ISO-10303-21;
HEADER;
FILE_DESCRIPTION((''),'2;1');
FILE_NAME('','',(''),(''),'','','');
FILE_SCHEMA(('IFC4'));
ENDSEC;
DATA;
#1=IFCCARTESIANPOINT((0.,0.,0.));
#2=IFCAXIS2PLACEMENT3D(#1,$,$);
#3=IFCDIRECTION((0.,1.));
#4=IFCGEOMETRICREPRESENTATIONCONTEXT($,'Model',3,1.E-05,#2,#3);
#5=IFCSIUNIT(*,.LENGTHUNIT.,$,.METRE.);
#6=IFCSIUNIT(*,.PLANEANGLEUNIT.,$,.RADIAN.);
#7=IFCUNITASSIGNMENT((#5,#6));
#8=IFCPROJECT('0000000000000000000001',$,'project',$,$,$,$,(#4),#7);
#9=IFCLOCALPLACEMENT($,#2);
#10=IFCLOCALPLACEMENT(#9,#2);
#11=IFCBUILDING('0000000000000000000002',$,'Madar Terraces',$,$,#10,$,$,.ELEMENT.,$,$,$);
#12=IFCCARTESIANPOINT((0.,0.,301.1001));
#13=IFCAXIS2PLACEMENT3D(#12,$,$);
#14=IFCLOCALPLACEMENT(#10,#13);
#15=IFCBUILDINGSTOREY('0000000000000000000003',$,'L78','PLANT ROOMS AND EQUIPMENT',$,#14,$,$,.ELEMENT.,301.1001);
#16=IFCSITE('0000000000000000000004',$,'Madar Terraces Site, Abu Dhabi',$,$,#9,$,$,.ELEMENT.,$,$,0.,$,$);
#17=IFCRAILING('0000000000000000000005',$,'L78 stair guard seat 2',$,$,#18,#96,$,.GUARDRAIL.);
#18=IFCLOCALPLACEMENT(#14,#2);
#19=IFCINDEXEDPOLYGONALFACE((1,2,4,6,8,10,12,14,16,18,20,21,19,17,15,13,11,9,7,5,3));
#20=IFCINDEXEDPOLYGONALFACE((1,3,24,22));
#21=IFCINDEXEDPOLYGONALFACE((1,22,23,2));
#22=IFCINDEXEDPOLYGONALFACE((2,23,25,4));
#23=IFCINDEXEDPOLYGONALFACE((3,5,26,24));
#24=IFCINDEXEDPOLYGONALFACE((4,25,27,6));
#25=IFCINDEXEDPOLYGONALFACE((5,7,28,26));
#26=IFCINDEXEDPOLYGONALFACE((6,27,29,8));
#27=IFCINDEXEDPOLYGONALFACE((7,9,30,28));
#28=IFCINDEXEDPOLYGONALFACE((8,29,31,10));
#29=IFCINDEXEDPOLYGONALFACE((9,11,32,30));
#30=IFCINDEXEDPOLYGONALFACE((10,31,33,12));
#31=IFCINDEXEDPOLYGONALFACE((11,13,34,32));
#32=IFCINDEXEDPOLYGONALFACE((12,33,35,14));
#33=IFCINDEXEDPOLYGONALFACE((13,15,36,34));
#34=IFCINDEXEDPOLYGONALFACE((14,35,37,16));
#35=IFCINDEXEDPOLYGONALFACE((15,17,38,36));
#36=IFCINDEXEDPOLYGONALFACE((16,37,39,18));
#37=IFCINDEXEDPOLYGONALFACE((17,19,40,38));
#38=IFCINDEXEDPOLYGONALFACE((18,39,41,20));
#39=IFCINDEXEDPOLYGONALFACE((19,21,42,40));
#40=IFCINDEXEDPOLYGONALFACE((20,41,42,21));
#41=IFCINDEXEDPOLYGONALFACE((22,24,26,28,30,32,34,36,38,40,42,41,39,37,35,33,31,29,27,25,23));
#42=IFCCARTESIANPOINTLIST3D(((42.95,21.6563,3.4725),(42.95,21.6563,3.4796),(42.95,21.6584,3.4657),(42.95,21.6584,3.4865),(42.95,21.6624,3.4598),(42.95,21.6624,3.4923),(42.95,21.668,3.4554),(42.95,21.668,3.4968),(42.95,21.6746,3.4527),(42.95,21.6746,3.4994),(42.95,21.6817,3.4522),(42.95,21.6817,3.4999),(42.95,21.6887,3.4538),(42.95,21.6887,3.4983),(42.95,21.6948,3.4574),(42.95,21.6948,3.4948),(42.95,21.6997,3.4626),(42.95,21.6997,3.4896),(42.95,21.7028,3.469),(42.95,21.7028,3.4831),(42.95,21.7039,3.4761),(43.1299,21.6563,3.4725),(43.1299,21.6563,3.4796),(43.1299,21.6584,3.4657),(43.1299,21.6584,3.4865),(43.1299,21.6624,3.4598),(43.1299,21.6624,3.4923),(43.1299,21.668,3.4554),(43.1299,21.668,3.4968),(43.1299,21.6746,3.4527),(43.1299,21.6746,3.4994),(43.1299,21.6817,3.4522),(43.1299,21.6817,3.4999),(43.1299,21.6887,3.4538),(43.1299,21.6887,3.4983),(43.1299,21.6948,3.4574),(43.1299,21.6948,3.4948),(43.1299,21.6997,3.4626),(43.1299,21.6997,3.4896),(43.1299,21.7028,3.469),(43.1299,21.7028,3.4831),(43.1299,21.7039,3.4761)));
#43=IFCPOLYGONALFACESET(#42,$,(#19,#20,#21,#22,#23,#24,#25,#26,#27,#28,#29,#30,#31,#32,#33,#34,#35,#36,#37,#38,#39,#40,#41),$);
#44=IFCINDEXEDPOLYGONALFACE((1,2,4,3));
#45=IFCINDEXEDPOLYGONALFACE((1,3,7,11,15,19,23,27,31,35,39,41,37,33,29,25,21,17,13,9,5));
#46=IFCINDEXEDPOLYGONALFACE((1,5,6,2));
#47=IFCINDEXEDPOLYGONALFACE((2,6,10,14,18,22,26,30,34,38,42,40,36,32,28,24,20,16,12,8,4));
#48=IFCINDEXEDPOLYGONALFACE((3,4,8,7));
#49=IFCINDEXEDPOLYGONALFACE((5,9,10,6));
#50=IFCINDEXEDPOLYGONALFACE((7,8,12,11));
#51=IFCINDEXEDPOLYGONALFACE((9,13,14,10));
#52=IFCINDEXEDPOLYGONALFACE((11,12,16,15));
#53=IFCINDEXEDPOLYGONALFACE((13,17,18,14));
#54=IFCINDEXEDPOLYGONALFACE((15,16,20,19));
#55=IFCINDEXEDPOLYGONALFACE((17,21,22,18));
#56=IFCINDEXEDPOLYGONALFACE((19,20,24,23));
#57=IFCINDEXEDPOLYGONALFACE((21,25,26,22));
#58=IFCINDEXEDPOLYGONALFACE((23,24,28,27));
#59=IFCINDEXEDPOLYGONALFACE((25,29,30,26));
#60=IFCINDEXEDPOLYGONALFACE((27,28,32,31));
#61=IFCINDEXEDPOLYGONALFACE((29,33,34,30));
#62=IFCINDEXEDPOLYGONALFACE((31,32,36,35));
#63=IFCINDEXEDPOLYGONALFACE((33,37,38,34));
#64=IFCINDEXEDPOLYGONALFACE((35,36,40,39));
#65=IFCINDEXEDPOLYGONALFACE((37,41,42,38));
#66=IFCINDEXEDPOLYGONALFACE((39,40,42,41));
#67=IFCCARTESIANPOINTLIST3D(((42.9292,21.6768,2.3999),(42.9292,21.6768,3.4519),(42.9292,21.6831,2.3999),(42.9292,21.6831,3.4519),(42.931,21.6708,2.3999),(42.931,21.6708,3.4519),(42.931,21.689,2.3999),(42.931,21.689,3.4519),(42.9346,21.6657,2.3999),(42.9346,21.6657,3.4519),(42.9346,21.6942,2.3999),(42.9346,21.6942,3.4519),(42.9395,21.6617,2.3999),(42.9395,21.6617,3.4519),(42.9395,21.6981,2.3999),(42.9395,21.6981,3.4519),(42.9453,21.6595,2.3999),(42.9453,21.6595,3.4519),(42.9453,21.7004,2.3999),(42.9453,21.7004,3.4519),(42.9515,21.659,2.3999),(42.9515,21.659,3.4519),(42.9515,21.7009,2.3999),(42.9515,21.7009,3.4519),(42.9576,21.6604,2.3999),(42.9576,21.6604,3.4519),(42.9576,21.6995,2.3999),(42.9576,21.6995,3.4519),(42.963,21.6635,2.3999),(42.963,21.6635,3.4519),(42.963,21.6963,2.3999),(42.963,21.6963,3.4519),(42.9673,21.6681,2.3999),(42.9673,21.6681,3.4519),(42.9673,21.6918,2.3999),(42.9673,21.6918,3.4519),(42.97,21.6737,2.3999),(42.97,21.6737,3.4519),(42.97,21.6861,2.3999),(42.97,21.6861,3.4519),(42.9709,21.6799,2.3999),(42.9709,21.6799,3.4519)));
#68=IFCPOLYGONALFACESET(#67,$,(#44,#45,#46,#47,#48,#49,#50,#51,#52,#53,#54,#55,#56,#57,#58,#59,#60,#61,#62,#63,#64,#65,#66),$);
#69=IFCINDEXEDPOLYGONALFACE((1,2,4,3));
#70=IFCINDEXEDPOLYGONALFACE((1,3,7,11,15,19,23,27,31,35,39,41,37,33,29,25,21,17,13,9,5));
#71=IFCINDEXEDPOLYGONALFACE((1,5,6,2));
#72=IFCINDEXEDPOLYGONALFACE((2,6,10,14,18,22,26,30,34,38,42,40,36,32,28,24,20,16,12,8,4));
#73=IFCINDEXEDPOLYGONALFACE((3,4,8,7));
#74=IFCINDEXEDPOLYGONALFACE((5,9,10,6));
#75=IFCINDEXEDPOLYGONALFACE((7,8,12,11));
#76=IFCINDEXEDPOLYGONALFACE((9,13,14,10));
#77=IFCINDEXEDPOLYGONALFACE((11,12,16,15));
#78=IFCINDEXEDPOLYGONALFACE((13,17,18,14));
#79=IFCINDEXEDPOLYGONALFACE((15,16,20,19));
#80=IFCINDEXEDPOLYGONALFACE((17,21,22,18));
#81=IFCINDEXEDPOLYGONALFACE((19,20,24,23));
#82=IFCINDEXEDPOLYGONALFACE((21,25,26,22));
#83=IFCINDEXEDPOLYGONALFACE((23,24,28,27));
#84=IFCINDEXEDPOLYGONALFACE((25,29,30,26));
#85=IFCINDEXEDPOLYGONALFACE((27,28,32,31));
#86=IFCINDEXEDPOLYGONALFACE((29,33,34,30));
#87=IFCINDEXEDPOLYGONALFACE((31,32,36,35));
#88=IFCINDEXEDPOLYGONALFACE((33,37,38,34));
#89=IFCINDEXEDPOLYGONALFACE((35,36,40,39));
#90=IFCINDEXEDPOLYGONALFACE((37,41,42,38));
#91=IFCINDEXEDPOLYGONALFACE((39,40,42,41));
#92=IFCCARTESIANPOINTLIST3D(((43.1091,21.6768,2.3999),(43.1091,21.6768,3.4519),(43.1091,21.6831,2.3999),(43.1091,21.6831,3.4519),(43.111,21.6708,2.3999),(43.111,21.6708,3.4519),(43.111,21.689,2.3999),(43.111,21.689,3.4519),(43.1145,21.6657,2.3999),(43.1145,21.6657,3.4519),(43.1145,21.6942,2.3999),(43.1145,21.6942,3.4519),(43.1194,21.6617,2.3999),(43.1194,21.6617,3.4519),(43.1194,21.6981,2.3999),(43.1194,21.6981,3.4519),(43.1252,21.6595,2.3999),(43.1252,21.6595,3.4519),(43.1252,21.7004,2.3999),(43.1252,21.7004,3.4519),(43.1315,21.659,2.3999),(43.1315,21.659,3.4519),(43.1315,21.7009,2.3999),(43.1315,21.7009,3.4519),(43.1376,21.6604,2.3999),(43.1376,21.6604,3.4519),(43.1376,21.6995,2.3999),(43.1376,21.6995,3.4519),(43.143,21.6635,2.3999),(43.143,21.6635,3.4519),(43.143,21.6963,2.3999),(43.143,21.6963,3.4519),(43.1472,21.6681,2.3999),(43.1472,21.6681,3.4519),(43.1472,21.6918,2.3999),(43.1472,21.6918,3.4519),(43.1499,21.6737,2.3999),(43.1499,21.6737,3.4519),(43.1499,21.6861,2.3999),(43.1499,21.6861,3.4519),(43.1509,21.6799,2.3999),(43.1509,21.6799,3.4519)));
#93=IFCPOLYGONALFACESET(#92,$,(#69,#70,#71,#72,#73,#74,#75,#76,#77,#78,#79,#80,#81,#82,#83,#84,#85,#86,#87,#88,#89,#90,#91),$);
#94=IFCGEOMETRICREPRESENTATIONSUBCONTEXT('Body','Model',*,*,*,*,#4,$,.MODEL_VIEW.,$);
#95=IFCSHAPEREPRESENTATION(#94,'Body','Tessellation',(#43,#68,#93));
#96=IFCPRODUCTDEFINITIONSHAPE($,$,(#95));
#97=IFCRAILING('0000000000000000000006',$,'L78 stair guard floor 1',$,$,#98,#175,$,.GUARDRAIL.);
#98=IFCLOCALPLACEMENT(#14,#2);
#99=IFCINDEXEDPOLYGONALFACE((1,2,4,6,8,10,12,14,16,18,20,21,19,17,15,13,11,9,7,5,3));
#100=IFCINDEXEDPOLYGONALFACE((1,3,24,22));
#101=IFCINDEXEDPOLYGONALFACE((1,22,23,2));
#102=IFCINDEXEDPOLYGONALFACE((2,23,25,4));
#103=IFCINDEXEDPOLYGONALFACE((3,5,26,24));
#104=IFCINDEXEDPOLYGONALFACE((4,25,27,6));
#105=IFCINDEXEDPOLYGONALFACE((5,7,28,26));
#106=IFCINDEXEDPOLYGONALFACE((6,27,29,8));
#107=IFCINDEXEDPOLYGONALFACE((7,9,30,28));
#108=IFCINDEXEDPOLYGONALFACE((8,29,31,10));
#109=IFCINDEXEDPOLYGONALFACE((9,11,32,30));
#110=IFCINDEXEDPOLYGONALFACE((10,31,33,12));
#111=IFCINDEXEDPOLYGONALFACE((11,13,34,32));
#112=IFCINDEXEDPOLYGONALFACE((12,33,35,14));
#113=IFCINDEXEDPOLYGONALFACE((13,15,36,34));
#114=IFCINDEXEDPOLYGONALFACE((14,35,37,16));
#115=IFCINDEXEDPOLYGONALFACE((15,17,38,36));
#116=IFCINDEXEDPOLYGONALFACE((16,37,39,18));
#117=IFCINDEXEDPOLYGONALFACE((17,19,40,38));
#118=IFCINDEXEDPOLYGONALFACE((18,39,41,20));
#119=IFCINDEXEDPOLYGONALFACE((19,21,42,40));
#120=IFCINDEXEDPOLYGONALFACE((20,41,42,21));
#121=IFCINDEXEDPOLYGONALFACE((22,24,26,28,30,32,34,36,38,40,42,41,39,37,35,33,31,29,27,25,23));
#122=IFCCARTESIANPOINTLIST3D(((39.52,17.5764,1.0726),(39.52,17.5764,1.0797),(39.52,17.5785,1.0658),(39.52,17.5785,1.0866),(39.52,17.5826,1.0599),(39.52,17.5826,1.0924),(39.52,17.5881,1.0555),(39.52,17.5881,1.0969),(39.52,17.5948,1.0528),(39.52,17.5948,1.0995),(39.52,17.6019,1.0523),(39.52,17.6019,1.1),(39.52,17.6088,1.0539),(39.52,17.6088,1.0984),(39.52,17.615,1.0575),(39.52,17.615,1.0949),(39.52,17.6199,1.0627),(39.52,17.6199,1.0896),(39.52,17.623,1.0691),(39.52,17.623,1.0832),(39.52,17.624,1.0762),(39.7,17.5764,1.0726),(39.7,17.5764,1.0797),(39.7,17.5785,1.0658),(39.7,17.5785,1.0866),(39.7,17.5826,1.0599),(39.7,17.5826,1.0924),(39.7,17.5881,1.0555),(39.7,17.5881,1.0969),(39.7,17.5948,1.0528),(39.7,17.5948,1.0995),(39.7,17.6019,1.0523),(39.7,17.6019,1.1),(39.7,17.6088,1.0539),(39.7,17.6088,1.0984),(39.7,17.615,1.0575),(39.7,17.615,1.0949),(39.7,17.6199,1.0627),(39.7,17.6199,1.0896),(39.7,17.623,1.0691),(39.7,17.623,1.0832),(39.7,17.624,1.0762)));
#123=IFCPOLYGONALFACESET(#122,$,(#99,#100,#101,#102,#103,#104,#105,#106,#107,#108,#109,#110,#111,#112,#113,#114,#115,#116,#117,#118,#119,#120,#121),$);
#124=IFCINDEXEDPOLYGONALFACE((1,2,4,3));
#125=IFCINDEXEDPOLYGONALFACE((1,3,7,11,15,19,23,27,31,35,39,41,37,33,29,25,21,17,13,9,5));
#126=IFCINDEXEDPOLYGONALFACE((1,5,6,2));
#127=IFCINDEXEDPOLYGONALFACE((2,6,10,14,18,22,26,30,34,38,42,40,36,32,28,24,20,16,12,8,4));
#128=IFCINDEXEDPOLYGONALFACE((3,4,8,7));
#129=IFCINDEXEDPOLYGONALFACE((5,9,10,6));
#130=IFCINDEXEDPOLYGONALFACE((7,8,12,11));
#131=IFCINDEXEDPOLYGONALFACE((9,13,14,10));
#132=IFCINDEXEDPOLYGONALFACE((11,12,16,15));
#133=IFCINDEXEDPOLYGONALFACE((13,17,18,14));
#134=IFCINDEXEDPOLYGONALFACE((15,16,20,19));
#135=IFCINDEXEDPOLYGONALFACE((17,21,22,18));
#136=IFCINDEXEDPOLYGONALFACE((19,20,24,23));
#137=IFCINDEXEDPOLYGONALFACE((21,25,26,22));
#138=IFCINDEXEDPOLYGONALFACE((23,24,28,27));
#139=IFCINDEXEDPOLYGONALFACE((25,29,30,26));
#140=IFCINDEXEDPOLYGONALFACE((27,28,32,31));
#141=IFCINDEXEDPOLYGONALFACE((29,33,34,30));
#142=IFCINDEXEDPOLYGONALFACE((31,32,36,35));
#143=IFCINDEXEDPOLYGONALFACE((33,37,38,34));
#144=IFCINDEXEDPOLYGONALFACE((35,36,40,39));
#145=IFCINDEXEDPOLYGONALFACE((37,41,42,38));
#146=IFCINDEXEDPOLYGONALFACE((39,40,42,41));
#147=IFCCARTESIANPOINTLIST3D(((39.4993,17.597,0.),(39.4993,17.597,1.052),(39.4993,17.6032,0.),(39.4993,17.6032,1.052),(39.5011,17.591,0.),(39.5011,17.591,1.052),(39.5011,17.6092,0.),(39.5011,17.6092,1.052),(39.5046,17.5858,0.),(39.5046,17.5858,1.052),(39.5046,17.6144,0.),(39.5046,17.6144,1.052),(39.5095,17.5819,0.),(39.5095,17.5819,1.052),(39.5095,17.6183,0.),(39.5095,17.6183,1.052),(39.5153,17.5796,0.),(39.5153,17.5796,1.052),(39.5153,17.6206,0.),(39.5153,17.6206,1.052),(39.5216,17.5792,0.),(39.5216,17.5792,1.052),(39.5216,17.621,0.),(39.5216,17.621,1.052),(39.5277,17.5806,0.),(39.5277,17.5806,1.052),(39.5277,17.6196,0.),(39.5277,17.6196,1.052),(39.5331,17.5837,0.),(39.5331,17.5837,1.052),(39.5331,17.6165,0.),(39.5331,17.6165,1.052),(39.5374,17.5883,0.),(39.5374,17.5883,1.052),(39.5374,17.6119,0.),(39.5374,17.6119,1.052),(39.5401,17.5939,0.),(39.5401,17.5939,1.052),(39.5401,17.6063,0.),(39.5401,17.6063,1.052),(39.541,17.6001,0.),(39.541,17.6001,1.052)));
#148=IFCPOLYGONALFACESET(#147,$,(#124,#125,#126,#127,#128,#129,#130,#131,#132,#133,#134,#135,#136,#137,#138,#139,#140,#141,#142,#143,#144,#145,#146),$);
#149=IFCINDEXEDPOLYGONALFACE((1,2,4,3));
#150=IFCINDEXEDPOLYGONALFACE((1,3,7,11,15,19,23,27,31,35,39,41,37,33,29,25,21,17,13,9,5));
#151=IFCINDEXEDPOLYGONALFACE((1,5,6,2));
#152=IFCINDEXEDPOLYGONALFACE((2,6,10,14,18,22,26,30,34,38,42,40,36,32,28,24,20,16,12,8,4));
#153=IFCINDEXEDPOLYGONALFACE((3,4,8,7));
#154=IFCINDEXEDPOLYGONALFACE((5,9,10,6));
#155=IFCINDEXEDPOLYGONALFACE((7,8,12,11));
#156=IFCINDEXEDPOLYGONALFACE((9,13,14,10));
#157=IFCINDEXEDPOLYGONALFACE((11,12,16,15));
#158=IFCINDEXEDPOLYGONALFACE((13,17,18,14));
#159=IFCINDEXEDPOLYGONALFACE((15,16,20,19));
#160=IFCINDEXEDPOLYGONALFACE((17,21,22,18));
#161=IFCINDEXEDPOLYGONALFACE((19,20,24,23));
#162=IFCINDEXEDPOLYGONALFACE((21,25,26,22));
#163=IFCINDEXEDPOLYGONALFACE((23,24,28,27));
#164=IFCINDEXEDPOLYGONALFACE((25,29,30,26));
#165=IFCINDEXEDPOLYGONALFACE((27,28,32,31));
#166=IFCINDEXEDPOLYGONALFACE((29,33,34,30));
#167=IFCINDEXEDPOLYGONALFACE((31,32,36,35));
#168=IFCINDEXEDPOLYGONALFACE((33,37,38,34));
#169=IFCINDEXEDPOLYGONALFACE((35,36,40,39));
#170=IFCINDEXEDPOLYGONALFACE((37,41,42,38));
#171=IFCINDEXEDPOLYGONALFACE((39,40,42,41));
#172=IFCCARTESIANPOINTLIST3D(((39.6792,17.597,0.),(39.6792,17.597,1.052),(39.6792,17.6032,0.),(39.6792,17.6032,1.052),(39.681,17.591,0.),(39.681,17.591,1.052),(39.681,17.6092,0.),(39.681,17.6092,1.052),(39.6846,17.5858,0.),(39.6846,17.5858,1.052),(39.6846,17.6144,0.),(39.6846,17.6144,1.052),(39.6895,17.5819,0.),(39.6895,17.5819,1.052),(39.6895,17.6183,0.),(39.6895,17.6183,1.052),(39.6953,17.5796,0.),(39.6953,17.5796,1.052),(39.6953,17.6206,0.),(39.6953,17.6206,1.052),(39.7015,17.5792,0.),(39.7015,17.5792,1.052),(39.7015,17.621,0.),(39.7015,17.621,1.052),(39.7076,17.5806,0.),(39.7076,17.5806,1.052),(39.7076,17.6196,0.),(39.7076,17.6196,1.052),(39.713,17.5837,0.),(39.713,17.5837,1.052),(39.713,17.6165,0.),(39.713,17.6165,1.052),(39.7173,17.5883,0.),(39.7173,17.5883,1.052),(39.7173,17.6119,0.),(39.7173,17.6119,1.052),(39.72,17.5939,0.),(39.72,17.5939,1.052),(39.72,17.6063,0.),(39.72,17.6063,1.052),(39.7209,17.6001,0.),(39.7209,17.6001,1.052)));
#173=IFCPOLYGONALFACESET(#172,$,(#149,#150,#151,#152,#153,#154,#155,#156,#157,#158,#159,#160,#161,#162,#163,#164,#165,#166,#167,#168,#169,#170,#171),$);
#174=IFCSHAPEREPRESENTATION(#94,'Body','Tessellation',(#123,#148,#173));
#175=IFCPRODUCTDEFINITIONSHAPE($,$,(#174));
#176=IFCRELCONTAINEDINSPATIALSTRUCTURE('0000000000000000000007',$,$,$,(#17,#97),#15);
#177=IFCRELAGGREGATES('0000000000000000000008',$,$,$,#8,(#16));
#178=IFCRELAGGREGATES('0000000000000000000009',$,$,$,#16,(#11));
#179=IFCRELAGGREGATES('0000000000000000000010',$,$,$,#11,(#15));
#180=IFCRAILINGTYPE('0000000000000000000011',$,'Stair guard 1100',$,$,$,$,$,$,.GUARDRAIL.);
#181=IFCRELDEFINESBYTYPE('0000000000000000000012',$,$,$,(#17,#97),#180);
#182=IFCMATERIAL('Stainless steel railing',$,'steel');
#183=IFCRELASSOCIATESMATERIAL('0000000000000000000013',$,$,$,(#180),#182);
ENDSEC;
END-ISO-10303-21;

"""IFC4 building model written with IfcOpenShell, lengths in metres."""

from ifc_helpers import new_model, si_unit, direction, frame, origin, origin_2d, place, context, subcontext, project, spatial, circle, extrude, material, type_object, element, save


model = new_model("IFC4")

# Units and contexts
model_context = context("Model", 3, precision=1e-05, world=origin(), true_north=direction((0.0, 1.0)))
body_context = subcontext(model_context, "Body", "Model", "MODEL_VIEW")
ifc_project = project(units=[si_unit("LENGTHUNIT", "METRE"), si_unit("PLANEANGLEUNIT", "RADIAN")], contexts=[model_context])

# Site, building, storey
site_placement = place(None, origin())
site = spatial("IfcSite", under=ifc_project, at=site_placement, Name="Madar Terraces Site, Abu Dhabi", CompositionType="ELEMENT", RefElevation=0.0)
building_placement = place(site_placement, origin())
building = spatial("IfcBuilding", under=site, at=building_placement, Name="Madar Terraces", CompositionType="ELEMENT")
storey_placement = place(building_placement, frame((0.0, 0.0, 301.1001)))
storey = spatial("IfcBuildingStorey", under=building, at=storey_placement, Name="L78", Description="PLANT ROOMS AND EQUIPMENT", CompositionType="ELEMENT", Elevation=301.1001)

# Railings
ifc_material_1 = material(Name="Stainless steel railing", Category="steel")
railing_type_1 = type_object("IfcRailingType", Name="Stair guard 1100", PredefinedType="GUARDRAIL", material=ifc_material_1)
for number, where, name in (
    (1, (42.95, 21.6799, 2.3999), "L78 stair guard seat 2"),
    (2, (39.52, 17.6001, 0.0), "L78 stair guard floor 1"),
):
    element("IfcRailing", number, at=place(storey_placement, frame(where)), inside=storey, type_object=railing_type_1, Name=name, PredefinedType="GUARDRAIL", context=body_context, shape_type="SweptSolid", body=[
        extrude(circle(Radius=0.0239, at=origin_2d()), frame((0.0, 0.0, 1.0762), z_axis=(1.0, 0.0, 0.0), x_axis=(0.0, 1.0, 0.0)), (0.0, 0.0, 1.0), 0.1799),
        extrude(circle(Radius=0.021, at=origin_2d()), origin(), (0.0, 0.0, 1.0), 1.052),
        extrude(circle(Radius=0.021, at=origin_2d()), frame((0.1799, 0.0, 0.0)), (0.0, 0.0, 1.0), 1.052),
    ])

save(model, "model.ifc")
